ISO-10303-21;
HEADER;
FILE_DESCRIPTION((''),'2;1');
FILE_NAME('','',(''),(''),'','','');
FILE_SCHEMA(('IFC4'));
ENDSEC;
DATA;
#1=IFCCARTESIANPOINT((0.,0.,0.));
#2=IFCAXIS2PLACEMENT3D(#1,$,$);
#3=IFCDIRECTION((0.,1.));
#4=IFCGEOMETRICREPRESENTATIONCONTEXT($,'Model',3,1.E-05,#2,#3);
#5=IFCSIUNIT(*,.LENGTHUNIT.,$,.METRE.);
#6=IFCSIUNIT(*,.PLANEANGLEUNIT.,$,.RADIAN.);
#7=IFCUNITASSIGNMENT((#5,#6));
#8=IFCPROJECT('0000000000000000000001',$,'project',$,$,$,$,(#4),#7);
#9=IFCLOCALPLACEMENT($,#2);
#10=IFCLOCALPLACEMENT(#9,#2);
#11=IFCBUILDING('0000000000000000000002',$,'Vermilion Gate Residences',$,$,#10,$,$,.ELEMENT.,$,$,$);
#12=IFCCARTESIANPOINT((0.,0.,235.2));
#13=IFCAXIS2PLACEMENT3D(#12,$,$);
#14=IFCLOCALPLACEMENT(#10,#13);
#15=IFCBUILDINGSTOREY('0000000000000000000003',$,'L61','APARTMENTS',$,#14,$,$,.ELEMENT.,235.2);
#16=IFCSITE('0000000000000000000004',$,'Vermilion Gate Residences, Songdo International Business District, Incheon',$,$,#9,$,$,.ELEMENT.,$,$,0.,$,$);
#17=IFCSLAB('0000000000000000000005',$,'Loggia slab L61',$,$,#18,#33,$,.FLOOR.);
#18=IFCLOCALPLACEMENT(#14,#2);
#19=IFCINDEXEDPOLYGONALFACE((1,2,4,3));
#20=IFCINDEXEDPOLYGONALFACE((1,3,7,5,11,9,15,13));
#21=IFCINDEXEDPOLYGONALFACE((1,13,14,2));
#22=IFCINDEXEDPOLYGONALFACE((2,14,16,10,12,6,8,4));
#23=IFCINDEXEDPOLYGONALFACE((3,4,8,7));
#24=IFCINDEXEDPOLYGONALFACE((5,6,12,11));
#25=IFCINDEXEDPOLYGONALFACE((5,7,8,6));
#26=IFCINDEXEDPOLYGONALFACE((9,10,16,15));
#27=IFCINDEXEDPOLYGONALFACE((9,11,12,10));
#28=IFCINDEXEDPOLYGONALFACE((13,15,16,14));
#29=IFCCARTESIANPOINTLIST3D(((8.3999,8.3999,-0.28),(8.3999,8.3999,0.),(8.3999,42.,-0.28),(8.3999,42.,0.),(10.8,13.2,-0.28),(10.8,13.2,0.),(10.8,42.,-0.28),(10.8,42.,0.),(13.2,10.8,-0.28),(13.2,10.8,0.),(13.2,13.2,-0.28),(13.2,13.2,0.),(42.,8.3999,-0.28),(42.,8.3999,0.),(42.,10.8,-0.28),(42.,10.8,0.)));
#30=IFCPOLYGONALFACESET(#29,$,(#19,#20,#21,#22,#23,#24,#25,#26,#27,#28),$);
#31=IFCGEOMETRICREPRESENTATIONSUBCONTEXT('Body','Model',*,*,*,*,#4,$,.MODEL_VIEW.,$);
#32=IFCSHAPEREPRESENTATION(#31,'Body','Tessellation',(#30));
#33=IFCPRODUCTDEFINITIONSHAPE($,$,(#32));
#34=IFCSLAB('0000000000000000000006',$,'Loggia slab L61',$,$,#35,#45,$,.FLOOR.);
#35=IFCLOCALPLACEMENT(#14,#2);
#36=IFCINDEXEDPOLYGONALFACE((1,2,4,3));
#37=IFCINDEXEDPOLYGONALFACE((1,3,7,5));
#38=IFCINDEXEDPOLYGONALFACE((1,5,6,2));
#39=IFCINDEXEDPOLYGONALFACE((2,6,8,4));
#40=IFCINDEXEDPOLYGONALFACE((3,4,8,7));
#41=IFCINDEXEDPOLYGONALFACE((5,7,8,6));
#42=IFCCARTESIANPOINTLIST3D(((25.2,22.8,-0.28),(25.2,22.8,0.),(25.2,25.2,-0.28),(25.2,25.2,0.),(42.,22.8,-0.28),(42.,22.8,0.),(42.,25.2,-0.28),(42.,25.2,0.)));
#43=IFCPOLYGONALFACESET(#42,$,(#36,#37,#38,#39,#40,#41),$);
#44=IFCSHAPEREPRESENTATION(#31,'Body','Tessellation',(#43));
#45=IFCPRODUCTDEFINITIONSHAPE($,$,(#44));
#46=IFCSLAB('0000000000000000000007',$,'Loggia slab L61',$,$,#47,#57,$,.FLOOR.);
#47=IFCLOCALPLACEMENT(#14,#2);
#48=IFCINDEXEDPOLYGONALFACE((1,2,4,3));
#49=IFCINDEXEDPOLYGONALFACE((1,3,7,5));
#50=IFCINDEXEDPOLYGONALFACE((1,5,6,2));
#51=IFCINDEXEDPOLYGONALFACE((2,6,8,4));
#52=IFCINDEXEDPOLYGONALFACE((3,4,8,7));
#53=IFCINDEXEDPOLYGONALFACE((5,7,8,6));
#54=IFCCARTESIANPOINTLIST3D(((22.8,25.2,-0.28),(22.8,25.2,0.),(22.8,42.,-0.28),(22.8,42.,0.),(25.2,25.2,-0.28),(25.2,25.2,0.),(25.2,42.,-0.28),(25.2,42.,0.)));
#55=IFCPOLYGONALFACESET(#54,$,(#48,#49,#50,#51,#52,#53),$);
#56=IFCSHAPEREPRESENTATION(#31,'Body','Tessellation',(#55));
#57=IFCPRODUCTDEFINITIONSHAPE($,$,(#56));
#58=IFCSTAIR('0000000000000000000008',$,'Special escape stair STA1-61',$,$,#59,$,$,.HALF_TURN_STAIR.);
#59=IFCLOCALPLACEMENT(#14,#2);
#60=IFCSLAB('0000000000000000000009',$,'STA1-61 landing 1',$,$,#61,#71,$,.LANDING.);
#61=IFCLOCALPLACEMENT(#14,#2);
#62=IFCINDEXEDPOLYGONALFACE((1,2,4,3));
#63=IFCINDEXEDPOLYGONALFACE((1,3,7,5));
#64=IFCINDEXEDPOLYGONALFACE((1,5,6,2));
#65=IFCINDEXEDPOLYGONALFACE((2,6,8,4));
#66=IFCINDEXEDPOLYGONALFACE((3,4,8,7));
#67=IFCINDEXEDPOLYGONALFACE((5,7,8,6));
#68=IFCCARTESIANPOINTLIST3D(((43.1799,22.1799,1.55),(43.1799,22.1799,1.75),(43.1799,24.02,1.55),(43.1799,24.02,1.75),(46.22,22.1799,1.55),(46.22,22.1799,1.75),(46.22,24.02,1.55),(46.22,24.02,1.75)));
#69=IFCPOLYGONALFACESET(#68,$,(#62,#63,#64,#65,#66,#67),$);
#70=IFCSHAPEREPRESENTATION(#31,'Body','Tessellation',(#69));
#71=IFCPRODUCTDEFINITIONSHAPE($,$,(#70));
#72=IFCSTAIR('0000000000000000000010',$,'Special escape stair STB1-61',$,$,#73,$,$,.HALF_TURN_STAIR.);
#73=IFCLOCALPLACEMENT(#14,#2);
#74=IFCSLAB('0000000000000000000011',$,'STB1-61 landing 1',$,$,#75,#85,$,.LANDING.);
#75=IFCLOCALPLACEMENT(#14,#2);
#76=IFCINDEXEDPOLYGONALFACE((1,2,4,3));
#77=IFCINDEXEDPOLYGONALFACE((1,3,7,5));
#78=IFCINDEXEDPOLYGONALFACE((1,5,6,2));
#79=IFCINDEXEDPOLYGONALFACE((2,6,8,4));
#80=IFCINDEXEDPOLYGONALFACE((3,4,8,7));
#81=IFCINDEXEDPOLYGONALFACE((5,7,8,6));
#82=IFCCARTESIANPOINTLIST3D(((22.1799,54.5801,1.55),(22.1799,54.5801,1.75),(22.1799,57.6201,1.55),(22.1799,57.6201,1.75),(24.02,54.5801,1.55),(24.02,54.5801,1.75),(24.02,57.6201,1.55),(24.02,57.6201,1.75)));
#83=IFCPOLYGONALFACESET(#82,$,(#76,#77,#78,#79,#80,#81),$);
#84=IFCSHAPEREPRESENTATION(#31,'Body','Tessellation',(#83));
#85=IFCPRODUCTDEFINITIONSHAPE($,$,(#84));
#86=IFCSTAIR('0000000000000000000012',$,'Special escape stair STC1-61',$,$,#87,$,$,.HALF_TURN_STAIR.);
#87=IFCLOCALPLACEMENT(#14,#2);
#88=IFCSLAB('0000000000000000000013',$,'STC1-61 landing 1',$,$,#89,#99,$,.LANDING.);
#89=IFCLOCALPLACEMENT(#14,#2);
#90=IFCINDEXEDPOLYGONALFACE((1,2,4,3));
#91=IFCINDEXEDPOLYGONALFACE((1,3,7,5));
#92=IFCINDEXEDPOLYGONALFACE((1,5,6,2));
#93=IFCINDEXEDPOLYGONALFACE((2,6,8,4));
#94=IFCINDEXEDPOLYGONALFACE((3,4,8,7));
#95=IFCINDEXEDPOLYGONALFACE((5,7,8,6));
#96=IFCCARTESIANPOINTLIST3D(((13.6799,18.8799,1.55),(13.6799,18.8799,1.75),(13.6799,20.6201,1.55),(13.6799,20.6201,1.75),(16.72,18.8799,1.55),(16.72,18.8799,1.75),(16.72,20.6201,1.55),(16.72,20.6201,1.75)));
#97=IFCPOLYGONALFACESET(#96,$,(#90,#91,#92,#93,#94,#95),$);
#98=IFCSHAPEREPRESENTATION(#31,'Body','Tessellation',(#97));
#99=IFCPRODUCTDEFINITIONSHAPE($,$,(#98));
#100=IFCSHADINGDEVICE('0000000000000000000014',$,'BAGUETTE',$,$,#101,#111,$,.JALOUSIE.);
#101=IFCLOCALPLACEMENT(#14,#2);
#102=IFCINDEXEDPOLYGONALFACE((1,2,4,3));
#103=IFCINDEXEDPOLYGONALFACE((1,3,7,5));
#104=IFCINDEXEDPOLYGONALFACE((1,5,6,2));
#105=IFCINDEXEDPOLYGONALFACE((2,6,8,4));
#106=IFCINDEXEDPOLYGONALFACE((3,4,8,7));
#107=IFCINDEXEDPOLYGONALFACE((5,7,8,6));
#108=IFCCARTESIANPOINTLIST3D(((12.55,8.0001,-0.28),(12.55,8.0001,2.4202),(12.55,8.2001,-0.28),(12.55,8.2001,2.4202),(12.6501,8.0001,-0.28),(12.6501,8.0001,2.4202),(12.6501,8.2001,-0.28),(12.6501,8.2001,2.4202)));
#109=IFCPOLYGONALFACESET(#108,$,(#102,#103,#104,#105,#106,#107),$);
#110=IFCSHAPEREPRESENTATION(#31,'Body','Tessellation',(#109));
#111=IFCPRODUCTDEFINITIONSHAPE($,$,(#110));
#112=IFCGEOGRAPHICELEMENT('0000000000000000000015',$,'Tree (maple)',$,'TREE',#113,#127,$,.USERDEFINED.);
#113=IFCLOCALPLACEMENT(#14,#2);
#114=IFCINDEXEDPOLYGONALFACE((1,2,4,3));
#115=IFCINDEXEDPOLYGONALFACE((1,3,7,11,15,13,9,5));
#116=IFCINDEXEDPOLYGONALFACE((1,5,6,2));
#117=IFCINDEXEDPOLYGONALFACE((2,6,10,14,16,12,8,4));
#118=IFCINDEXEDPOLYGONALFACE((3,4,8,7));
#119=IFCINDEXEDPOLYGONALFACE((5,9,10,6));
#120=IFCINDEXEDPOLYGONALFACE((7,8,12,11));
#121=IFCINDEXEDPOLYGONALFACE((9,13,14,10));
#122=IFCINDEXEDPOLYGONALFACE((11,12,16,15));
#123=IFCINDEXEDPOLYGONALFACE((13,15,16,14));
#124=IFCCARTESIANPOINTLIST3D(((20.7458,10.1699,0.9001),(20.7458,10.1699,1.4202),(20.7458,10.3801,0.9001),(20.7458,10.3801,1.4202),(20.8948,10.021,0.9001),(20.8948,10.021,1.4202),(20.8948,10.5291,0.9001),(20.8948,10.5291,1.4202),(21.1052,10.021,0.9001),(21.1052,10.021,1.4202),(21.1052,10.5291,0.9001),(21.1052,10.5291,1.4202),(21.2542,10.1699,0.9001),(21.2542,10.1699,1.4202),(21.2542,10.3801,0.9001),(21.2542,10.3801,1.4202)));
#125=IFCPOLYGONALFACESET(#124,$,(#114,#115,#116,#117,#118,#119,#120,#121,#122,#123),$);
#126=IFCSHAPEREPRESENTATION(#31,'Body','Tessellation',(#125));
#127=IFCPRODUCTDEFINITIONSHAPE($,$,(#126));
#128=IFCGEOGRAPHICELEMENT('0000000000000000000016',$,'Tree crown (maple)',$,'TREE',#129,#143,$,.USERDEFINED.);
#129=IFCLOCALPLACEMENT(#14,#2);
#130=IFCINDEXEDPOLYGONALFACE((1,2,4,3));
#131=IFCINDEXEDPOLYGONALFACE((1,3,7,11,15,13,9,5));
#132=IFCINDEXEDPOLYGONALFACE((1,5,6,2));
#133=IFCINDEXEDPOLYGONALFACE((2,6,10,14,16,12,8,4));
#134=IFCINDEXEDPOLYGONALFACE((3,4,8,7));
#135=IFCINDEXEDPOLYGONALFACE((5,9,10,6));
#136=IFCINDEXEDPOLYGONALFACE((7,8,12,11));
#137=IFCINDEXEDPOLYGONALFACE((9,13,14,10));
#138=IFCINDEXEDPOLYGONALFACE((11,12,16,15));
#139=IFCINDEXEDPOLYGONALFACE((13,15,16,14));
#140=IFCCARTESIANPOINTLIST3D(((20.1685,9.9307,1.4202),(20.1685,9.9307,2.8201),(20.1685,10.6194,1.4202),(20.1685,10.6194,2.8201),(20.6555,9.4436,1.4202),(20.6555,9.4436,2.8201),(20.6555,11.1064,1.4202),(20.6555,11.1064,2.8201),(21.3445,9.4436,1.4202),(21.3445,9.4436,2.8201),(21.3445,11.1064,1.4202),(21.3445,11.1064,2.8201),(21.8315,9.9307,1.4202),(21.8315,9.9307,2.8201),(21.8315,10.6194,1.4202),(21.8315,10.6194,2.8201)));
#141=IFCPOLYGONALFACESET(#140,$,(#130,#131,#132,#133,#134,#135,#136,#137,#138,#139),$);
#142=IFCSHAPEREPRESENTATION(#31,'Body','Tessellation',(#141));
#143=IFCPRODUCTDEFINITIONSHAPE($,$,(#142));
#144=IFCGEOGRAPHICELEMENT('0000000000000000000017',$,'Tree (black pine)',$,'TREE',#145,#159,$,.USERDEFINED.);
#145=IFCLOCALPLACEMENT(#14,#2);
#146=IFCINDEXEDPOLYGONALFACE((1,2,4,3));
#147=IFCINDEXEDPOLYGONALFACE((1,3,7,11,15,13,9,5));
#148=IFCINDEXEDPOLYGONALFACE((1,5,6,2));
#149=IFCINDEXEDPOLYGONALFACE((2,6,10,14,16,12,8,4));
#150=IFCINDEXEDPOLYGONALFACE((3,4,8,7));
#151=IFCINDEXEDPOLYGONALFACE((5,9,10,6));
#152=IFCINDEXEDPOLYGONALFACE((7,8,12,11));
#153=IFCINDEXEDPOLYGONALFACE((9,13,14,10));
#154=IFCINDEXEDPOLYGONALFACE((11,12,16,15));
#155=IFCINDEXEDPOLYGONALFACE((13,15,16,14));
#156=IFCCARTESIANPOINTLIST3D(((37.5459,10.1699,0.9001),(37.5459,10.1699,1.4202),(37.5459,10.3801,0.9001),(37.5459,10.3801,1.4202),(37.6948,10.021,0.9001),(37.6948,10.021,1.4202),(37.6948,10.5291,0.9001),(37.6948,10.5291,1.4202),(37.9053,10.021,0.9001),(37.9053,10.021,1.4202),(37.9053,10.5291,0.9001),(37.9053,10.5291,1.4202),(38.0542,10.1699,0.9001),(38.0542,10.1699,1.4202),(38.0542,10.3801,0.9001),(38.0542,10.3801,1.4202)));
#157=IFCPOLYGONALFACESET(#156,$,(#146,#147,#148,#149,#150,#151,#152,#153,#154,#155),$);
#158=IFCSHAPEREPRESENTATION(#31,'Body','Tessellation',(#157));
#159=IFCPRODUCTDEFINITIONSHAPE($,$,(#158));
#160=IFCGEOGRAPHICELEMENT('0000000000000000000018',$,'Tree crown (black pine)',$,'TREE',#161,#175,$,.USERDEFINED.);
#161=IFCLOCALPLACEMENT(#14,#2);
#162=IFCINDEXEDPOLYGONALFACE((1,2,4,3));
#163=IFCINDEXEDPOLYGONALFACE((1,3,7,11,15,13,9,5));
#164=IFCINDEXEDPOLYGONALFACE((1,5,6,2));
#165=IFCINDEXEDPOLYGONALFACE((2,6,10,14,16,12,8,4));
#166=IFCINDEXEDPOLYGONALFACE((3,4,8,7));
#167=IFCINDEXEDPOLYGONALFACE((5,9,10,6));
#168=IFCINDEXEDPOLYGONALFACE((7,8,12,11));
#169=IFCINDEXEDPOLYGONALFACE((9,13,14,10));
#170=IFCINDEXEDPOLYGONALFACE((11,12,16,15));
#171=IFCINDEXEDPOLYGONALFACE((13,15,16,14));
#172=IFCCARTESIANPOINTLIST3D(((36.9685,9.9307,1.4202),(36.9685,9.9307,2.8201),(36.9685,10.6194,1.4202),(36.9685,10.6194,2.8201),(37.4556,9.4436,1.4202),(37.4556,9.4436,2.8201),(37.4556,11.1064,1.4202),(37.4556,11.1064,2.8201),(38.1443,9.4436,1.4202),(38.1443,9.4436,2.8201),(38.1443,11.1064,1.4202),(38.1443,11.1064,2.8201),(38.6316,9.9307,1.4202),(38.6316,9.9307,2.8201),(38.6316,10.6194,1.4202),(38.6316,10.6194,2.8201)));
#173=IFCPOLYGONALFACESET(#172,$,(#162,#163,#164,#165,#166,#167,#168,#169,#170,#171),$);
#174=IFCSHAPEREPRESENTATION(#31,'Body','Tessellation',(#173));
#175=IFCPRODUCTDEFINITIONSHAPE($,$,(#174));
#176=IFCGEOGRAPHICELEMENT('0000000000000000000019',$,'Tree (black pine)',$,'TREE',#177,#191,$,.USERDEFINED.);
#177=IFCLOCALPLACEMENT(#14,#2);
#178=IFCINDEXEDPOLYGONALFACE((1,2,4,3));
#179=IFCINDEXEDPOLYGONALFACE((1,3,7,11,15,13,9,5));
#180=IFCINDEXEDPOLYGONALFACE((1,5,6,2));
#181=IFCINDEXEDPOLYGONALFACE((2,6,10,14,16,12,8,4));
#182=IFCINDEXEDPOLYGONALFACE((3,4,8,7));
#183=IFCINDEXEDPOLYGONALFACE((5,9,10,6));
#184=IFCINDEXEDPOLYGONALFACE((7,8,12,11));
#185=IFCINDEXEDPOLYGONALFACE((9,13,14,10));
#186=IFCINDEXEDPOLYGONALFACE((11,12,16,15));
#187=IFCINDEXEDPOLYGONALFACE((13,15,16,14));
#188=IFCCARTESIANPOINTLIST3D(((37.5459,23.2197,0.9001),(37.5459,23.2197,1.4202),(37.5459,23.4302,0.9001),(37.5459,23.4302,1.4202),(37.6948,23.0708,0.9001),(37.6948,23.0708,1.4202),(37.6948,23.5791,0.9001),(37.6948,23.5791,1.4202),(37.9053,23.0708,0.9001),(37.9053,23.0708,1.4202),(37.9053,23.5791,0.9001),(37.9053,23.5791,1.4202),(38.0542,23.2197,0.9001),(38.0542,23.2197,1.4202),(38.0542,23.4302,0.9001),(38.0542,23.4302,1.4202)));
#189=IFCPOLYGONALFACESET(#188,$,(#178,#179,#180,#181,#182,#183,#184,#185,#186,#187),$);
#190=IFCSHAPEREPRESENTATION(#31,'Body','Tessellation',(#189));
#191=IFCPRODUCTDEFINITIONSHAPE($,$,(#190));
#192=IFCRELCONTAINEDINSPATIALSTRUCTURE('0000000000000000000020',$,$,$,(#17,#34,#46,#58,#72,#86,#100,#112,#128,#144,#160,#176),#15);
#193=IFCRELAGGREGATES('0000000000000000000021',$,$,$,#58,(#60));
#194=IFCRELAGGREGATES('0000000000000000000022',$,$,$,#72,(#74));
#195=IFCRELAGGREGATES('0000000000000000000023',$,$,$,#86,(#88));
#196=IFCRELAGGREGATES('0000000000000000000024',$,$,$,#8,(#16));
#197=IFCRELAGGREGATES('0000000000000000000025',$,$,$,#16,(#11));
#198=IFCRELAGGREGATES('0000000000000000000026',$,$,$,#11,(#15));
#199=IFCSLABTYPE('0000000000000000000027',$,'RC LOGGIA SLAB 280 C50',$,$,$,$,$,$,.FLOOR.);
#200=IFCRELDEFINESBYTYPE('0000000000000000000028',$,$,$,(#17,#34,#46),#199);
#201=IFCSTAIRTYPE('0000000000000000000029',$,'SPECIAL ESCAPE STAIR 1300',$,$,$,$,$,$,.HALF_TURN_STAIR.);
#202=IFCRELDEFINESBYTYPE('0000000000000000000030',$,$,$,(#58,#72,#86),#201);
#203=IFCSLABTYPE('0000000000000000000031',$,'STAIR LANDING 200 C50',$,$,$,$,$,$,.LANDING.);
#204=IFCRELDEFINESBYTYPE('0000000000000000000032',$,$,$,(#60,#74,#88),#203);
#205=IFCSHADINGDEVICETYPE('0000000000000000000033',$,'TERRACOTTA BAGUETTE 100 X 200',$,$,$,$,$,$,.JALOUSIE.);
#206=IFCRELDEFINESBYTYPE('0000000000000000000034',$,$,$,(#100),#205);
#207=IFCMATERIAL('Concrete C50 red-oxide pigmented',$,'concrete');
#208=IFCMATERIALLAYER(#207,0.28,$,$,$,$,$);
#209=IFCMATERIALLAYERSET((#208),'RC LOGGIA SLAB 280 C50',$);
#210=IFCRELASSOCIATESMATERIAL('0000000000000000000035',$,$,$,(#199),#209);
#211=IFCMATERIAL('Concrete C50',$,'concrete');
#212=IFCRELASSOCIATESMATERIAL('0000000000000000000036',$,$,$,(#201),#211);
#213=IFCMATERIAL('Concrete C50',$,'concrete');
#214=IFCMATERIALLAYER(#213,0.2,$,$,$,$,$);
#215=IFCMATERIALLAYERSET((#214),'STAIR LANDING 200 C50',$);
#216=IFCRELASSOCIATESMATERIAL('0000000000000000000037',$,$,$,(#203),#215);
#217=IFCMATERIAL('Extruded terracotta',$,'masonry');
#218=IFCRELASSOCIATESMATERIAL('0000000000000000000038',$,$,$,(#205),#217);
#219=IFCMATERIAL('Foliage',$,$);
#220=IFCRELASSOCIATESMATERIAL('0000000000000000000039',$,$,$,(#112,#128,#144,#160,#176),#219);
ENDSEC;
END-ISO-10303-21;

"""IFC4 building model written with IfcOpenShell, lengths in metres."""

from ifc_helpers import new_model, si_unit, direction, frame, origin, origin_2d, place, context, subcontext, project, spatial, polyline, rectangle, outline, extrude, material, layer, layer_set, material_profile, profile_set, type_object, element, aggregate, save


model = new_model("IFC4")

# Units and contexts
model_context = context("Model", 3, precision=1e-05, world=origin(), true_north=direction((0.0, 1.0)))
body_context = subcontext(model_context, "Body", "Model", "MODEL_VIEW")
ifc_project = project(units=[si_unit("LENGTHUNIT", "METRE"), si_unit("PLANEANGLEUNIT", "RADIAN")], contexts=[model_context])

# Site, building, storey
site_placement = place(None, origin())
site = spatial("IfcSite", under=ifc_project, at=site_placement, Name="Vermilion Gate Residences, Songdo International Business District, Incheon", CompositionType="ELEMENT", RefElevation=0.0)
building_placement = place(site_placement, origin())
building = spatial("IfcBuilding", under=site, at=building_placement, Name="Vermilion Gate Residences", CompositionType="ELEMENT")
storey_placement = place(building_placement, frame((0.0, 0.0, 235.2)))
storey = spatial("IfcBuildingStorey", under=building, at=storey_placement, Name="L61", Description="APARTMENTS", CompositionType="ELEMENT", Elevation=235.2)

# Slabs
ifc_material_1 = material(Name="Concrete C50 red-oxide pigmented", Category="concrete")
ifc_layer_1 = layer(ifc_material_1, 0.28)
ifc_layer_set_1 = layer_set([ifc_layer_1], Name="RC LOGGIA SLAB 280 C50")
slab_type_1 = type_object("IfcSlabType", Name="RC LOGGIA SLAB 280 C50", PredefinedType="FLOOR", material=ifc_layer_set_1)
slab_1_placement = place(storey_placement, frame((0.0, 0.0, -0.28)))
element("IfcSlab", 1, at=slab_1_placement, inside=storey, type_object=slab_type_1, Name="Loggia slab L61", PredefinedType="FLOOR", context=body_context, shape_type="SweptSolid", body=[
    extrude(outline(polyline([(8.3999, 8.3999), (42.0, 8.3999), (42.0, 10.8), (13.2, 10.8), (13.2, 13.2), (10.8, 13.2), (10.8, 42.0), (8.3999, 42.0), (8.3999, 8.3999)])), origin(), (0.0, 0.0, 1.0), 0.28),
])
slab_2_placement = place(storey_placement, frame((0.0, 0.0, -0.28)))
element("IfcSlab", 2, at=slab_2_placement, inside=storey, type_object=slab_type_1, Name="Loggia slab L61", PredefinedType="FLOOR", context=body_context, shape_type="SweptSolid", body=[
    extrude(outline(polyline([(25.2, 22.8), (42.0, 22.8), (42.0, 25.2), (25.2, 25.2), (25.2, 22.8)])), origin(), (0.0, 0.0, 1.0), 0.28),
])
slab_3_placement = place(storey_placement, frame((0.0, 0.0, -0.28)))
element("IfcSlab", 3, at=slab_3_placement, inside=storey, type_object=slab_type_1, Name="Loggia slab L61", PredefinedType="FLOOR", context=body_context, shape_type="SweptSolid", body=[
    extrude(outline(polyline([(25.2, 42.0), (22.8, 42.0), (22.8, 25.2), (25.2, 25.2), (25.2, 42.0)])), origin(), (0.0, 0.0, 1.0), 0.28),
])

# Stairs, slabs
ifc_material_2 = material(Name="Concrete C50", Category="concrete")
stair_type = type_object("IfcStairType", Name="SPECIAL ESCAPE STAIR 1300", PredefinedType="HALF_TURN_STAIR", material=ifc_material_2)
stair_1_placement = place(storey_placement, origin())
stair_1 = element("IfcStair", 4, at=stair_1_placement, inside=storey, type_object=stair_type, Name="Special escape stair STA1-61", PredefinedType="HALF_TURN_STAIR")
ifc_material_3 = material(Name="Concrete C50", Category="concrete")
ifc_layer_2 = layer(ifc_material_3, 0.2)
ifc_layer_set_2 = layer_set([ifc_layer_2], Name="STAIR LANDING 200 C50")
slab_type_2 = type_object("IfcSlabType", Name="STAIR LANDING 200 C50", PredefinedType="LANDING", material=ifc_layer_set_2)
slab_4_placement = place(storey_placement, frame((0.0, 0.0, 1.55)))
slab_4 = element("IfcSlab", 5, at=slab_4_placement, type_object=slab_type_2, Name="STA1-61 landing 1", PredefinedType="LANDING", context=body_context, shape_type="SweptSolid", body=[
    extrude(outline(polyline([(46.22, 22.1799), (46.22, 24.02), (43.1799, 24.02), (43.1799, 22.1799), (46.22, 22.1799)])), origin(), (0.0, 0.0, 1.0), 0.2),
])
aggregate(stair_1, [slab_4])
stair_2_placement = place(storey_placement, origin())
stair_2 = element("IfcStair", 6, at=stair_2_placement, inside=storey, type_object=stair_type, Name="Special escape stair STB1-61", PredefinedType="HALF_TURN_STAIR")
slab_5_placement = place(storey_placement, frame((0.0, 0.0, 1.55)))
slab_5 = element("IfcSlab", 7, at=slab_5_placement, type_object=slab_type_2, Name="STB1-61 landing 1", PredefinedType="LANDING", context=body_context, shape_type="SweptSolid", body=[
    extrude(outline(polyline([(24.02, 54.5801), (24.02, 57.6201), (22.1799, 57.6201), (22.1799, 54.5801), (24.02, 54.5801)])), origin(), (0.0, 0.0, 1.0), 0.2),
])
aggregate(stair_2, [slab_5])
stair_3_placement = place(storey_placement, origin())
stair_3 = element("IfcStair", 8, at=stair_3_placement, inside=storey, type_object=stair_type, Name="Special escape stair STC1-61", PredefinedType="HALF_TURN_STAIR")
slab_6_placement = place(storey_placement, frame((0.0, 0.0, 1.55)))
slab_6 = element("IfcSlab", 9, at=slab_6_placement, type_object=slab_type_2, Name="STC1-61 landing 1", PredefinedType="LANDING", context=body_context, shape_type="SweptSolid", body=[
    extrude(outline(polyline([(16.72, 18.8799), (16.72, 20.6201), (13.6799, 20.6201), (13.6799, 18.8799), (16.72, 18.8799)])), origin(), (0.0, 0.0, 1.0), 0.2),
])
aggregate(stair_3, [slab_6])

# Shading device
ifc_material_4 = material(Name="Extruded terracotta", Category="masonry")
ifc_material_profile_1 = material_profile(ifc_material_4, rectangle(XDim=0.2, YDim=0.1001, at=origin_2d()), Name="BAGUETTE 100 X 200")
ifc_profile_set_1 = profile_set([ifc_material_profile_1], Name="Extruded terracotta")
shading_device_type = type_object("IfcShadingDeviceType", Name="TERRACOTTA BAGUETTE 100 X 200", PredefinedType="JALOUSIE", material=ifc_profile_set_1)
shading_device_placement = place(storey_placement, frame((12.6001, 8.1001, -0.28), z_axis=(0.0, 0.0, 1.0), x_axis=(0.0, 1.0, 0.0)))
element("IfcShadingDevice", 10, at=shading_device_placement, inside=storey, type_object=shading_device_type, Name="BAGUETTE", PredefinedType="JALOUSIE", context=body_context, shape_type="SweptSolid", body=[
    extrude(rectangle(XDim=0.2, YDim=0.1001, at=origin_2d()), origin(), (0.0, 0.0, 1.0), 2.7002),
])

# Geographic elements
ifc_material_5 = material(Name="Foliage")
geographic_element_1_placement = place(storey_placement, frame((0.0, 0.0, 0.9001)))
element("IfcGeographicElement", 11, at=geographic_element_1_placement, inside=storey, material=ifc_material_5, Name="Tree (maple)", ObjectType="TREE", PredefinedType="USERDEFINED", context=body_context, shape_type="SweptSolid", body=[
    extrude(outline(polyline([(21.2542, 10.3801), (21.1052, 10.5291), (20.8948, 10.5291), (20.7458, 10.3801), (20.7458, 10.1699), (20.8948, 10.021), (21.1052, 10.021), (21.2542, 10.1699), (21.2542, 10.3801)])), origin(), (0.0, 0.0, 1.0), 0.52),
])
geographic_element_2_placement = place(storey_placement, frame((0.0, 0.0, 1.4202)))
element("IfcGeographicElement", 12, at=geographic_element_2_placement, inside=storey, material=ifc_material_5, Name="Tree crown (maple)", ObjectType="TREE", PredefinedType="USERDEFINED", context=body_context, shape_type="SweptSolid", body=[
    extrude(outline(polyline([(21.8315, 10.6194), (21.3445, 11.1064), (20.6555, 11.1064), (20.1685, 10.6194), (20.1685, 9.9307), (20.6555, 9.4436), (21.3445, 9.4436), (21.8315, 9.9307), (21.8315, 10.6194)])), origin(), (0.0, 0.0, 1.0), 1.3999),
])
geographic_element_3_placement = place(storey_placement, frame((0.0, 0.0, 0.9001)))
element("IfcGeographicElement", 13, at=geographic_element_3_placement, inside=storey, material=ifc_material_5, Name="Tree (black pine)", ObjectType="TREE", PredefinedType="USERDEFINED", context=body_context, shape_type="SweptSolid", body=[
    extrude(outline(polyline([(38.0542, 10.3801), (37.9053, 10.5291), (37.6948, 10.5291), (37.5459, 10.3801), (37.5459, 10.1699), (37.6948, 10.021), (37.9053, 10.021), (38.0542, 10.1699), (38.0542, 10.3801)])), origin(), (0.0, 0.0, 1.0), 0.52),
])
geographic_element_4_placement = place(storey_placement, frame((0.0, 0.0, 1.4202)))
element("IfcGeographicElement", 14, at=geographic_element_4_placement, inside=storey, material=ifc_material_5, Name="Tree crown (black pine)", ObjectType="TREE", PredefinedType="USERDEFINED", context=body_context, shape_type="SweptSolid", body=[
    extrude(outline(polyline([(38.6316, 10.6194), (38.1443, 11.1064), (37.4556, 11.1064), (36.9685, 10.6194), (36.9685, 9.9307), (37.4556, 9.4436), (38.1443, 9.4436), (38.6316, 9.9307), (38.6316, 10.6194)])), origin(), (0.0, 0.0, 1.0), 1.3999),
])
geographic_element_5_placement = place(storey_placement, frame((0.0, 0.0, 0.9001)))
element("IfcGeographicElement", 15, at=geographic_element_5_placement, inside=storey, material=ifc_material_5, Name="Tree (black pine)", ObjectType="TREE", PredefinedType="USERDEFINED", context=body_context, shape_type="SweptSolid", body=[
    extrude(outline(polyline([(38.0542, 23.4302), (37.9053, 23.5791), (37.6948, 23.5791), (37.5459, 23.4302), (37.5459, 23.2197), (37.6948, 23.0708), (37.9053, 23.0708), (38.0542, 23.2197), (38.0542, 23.4302)])), origin(), (0.0, 0.0, 1.0), 0.52),
])

save(model, "model.ifc")
